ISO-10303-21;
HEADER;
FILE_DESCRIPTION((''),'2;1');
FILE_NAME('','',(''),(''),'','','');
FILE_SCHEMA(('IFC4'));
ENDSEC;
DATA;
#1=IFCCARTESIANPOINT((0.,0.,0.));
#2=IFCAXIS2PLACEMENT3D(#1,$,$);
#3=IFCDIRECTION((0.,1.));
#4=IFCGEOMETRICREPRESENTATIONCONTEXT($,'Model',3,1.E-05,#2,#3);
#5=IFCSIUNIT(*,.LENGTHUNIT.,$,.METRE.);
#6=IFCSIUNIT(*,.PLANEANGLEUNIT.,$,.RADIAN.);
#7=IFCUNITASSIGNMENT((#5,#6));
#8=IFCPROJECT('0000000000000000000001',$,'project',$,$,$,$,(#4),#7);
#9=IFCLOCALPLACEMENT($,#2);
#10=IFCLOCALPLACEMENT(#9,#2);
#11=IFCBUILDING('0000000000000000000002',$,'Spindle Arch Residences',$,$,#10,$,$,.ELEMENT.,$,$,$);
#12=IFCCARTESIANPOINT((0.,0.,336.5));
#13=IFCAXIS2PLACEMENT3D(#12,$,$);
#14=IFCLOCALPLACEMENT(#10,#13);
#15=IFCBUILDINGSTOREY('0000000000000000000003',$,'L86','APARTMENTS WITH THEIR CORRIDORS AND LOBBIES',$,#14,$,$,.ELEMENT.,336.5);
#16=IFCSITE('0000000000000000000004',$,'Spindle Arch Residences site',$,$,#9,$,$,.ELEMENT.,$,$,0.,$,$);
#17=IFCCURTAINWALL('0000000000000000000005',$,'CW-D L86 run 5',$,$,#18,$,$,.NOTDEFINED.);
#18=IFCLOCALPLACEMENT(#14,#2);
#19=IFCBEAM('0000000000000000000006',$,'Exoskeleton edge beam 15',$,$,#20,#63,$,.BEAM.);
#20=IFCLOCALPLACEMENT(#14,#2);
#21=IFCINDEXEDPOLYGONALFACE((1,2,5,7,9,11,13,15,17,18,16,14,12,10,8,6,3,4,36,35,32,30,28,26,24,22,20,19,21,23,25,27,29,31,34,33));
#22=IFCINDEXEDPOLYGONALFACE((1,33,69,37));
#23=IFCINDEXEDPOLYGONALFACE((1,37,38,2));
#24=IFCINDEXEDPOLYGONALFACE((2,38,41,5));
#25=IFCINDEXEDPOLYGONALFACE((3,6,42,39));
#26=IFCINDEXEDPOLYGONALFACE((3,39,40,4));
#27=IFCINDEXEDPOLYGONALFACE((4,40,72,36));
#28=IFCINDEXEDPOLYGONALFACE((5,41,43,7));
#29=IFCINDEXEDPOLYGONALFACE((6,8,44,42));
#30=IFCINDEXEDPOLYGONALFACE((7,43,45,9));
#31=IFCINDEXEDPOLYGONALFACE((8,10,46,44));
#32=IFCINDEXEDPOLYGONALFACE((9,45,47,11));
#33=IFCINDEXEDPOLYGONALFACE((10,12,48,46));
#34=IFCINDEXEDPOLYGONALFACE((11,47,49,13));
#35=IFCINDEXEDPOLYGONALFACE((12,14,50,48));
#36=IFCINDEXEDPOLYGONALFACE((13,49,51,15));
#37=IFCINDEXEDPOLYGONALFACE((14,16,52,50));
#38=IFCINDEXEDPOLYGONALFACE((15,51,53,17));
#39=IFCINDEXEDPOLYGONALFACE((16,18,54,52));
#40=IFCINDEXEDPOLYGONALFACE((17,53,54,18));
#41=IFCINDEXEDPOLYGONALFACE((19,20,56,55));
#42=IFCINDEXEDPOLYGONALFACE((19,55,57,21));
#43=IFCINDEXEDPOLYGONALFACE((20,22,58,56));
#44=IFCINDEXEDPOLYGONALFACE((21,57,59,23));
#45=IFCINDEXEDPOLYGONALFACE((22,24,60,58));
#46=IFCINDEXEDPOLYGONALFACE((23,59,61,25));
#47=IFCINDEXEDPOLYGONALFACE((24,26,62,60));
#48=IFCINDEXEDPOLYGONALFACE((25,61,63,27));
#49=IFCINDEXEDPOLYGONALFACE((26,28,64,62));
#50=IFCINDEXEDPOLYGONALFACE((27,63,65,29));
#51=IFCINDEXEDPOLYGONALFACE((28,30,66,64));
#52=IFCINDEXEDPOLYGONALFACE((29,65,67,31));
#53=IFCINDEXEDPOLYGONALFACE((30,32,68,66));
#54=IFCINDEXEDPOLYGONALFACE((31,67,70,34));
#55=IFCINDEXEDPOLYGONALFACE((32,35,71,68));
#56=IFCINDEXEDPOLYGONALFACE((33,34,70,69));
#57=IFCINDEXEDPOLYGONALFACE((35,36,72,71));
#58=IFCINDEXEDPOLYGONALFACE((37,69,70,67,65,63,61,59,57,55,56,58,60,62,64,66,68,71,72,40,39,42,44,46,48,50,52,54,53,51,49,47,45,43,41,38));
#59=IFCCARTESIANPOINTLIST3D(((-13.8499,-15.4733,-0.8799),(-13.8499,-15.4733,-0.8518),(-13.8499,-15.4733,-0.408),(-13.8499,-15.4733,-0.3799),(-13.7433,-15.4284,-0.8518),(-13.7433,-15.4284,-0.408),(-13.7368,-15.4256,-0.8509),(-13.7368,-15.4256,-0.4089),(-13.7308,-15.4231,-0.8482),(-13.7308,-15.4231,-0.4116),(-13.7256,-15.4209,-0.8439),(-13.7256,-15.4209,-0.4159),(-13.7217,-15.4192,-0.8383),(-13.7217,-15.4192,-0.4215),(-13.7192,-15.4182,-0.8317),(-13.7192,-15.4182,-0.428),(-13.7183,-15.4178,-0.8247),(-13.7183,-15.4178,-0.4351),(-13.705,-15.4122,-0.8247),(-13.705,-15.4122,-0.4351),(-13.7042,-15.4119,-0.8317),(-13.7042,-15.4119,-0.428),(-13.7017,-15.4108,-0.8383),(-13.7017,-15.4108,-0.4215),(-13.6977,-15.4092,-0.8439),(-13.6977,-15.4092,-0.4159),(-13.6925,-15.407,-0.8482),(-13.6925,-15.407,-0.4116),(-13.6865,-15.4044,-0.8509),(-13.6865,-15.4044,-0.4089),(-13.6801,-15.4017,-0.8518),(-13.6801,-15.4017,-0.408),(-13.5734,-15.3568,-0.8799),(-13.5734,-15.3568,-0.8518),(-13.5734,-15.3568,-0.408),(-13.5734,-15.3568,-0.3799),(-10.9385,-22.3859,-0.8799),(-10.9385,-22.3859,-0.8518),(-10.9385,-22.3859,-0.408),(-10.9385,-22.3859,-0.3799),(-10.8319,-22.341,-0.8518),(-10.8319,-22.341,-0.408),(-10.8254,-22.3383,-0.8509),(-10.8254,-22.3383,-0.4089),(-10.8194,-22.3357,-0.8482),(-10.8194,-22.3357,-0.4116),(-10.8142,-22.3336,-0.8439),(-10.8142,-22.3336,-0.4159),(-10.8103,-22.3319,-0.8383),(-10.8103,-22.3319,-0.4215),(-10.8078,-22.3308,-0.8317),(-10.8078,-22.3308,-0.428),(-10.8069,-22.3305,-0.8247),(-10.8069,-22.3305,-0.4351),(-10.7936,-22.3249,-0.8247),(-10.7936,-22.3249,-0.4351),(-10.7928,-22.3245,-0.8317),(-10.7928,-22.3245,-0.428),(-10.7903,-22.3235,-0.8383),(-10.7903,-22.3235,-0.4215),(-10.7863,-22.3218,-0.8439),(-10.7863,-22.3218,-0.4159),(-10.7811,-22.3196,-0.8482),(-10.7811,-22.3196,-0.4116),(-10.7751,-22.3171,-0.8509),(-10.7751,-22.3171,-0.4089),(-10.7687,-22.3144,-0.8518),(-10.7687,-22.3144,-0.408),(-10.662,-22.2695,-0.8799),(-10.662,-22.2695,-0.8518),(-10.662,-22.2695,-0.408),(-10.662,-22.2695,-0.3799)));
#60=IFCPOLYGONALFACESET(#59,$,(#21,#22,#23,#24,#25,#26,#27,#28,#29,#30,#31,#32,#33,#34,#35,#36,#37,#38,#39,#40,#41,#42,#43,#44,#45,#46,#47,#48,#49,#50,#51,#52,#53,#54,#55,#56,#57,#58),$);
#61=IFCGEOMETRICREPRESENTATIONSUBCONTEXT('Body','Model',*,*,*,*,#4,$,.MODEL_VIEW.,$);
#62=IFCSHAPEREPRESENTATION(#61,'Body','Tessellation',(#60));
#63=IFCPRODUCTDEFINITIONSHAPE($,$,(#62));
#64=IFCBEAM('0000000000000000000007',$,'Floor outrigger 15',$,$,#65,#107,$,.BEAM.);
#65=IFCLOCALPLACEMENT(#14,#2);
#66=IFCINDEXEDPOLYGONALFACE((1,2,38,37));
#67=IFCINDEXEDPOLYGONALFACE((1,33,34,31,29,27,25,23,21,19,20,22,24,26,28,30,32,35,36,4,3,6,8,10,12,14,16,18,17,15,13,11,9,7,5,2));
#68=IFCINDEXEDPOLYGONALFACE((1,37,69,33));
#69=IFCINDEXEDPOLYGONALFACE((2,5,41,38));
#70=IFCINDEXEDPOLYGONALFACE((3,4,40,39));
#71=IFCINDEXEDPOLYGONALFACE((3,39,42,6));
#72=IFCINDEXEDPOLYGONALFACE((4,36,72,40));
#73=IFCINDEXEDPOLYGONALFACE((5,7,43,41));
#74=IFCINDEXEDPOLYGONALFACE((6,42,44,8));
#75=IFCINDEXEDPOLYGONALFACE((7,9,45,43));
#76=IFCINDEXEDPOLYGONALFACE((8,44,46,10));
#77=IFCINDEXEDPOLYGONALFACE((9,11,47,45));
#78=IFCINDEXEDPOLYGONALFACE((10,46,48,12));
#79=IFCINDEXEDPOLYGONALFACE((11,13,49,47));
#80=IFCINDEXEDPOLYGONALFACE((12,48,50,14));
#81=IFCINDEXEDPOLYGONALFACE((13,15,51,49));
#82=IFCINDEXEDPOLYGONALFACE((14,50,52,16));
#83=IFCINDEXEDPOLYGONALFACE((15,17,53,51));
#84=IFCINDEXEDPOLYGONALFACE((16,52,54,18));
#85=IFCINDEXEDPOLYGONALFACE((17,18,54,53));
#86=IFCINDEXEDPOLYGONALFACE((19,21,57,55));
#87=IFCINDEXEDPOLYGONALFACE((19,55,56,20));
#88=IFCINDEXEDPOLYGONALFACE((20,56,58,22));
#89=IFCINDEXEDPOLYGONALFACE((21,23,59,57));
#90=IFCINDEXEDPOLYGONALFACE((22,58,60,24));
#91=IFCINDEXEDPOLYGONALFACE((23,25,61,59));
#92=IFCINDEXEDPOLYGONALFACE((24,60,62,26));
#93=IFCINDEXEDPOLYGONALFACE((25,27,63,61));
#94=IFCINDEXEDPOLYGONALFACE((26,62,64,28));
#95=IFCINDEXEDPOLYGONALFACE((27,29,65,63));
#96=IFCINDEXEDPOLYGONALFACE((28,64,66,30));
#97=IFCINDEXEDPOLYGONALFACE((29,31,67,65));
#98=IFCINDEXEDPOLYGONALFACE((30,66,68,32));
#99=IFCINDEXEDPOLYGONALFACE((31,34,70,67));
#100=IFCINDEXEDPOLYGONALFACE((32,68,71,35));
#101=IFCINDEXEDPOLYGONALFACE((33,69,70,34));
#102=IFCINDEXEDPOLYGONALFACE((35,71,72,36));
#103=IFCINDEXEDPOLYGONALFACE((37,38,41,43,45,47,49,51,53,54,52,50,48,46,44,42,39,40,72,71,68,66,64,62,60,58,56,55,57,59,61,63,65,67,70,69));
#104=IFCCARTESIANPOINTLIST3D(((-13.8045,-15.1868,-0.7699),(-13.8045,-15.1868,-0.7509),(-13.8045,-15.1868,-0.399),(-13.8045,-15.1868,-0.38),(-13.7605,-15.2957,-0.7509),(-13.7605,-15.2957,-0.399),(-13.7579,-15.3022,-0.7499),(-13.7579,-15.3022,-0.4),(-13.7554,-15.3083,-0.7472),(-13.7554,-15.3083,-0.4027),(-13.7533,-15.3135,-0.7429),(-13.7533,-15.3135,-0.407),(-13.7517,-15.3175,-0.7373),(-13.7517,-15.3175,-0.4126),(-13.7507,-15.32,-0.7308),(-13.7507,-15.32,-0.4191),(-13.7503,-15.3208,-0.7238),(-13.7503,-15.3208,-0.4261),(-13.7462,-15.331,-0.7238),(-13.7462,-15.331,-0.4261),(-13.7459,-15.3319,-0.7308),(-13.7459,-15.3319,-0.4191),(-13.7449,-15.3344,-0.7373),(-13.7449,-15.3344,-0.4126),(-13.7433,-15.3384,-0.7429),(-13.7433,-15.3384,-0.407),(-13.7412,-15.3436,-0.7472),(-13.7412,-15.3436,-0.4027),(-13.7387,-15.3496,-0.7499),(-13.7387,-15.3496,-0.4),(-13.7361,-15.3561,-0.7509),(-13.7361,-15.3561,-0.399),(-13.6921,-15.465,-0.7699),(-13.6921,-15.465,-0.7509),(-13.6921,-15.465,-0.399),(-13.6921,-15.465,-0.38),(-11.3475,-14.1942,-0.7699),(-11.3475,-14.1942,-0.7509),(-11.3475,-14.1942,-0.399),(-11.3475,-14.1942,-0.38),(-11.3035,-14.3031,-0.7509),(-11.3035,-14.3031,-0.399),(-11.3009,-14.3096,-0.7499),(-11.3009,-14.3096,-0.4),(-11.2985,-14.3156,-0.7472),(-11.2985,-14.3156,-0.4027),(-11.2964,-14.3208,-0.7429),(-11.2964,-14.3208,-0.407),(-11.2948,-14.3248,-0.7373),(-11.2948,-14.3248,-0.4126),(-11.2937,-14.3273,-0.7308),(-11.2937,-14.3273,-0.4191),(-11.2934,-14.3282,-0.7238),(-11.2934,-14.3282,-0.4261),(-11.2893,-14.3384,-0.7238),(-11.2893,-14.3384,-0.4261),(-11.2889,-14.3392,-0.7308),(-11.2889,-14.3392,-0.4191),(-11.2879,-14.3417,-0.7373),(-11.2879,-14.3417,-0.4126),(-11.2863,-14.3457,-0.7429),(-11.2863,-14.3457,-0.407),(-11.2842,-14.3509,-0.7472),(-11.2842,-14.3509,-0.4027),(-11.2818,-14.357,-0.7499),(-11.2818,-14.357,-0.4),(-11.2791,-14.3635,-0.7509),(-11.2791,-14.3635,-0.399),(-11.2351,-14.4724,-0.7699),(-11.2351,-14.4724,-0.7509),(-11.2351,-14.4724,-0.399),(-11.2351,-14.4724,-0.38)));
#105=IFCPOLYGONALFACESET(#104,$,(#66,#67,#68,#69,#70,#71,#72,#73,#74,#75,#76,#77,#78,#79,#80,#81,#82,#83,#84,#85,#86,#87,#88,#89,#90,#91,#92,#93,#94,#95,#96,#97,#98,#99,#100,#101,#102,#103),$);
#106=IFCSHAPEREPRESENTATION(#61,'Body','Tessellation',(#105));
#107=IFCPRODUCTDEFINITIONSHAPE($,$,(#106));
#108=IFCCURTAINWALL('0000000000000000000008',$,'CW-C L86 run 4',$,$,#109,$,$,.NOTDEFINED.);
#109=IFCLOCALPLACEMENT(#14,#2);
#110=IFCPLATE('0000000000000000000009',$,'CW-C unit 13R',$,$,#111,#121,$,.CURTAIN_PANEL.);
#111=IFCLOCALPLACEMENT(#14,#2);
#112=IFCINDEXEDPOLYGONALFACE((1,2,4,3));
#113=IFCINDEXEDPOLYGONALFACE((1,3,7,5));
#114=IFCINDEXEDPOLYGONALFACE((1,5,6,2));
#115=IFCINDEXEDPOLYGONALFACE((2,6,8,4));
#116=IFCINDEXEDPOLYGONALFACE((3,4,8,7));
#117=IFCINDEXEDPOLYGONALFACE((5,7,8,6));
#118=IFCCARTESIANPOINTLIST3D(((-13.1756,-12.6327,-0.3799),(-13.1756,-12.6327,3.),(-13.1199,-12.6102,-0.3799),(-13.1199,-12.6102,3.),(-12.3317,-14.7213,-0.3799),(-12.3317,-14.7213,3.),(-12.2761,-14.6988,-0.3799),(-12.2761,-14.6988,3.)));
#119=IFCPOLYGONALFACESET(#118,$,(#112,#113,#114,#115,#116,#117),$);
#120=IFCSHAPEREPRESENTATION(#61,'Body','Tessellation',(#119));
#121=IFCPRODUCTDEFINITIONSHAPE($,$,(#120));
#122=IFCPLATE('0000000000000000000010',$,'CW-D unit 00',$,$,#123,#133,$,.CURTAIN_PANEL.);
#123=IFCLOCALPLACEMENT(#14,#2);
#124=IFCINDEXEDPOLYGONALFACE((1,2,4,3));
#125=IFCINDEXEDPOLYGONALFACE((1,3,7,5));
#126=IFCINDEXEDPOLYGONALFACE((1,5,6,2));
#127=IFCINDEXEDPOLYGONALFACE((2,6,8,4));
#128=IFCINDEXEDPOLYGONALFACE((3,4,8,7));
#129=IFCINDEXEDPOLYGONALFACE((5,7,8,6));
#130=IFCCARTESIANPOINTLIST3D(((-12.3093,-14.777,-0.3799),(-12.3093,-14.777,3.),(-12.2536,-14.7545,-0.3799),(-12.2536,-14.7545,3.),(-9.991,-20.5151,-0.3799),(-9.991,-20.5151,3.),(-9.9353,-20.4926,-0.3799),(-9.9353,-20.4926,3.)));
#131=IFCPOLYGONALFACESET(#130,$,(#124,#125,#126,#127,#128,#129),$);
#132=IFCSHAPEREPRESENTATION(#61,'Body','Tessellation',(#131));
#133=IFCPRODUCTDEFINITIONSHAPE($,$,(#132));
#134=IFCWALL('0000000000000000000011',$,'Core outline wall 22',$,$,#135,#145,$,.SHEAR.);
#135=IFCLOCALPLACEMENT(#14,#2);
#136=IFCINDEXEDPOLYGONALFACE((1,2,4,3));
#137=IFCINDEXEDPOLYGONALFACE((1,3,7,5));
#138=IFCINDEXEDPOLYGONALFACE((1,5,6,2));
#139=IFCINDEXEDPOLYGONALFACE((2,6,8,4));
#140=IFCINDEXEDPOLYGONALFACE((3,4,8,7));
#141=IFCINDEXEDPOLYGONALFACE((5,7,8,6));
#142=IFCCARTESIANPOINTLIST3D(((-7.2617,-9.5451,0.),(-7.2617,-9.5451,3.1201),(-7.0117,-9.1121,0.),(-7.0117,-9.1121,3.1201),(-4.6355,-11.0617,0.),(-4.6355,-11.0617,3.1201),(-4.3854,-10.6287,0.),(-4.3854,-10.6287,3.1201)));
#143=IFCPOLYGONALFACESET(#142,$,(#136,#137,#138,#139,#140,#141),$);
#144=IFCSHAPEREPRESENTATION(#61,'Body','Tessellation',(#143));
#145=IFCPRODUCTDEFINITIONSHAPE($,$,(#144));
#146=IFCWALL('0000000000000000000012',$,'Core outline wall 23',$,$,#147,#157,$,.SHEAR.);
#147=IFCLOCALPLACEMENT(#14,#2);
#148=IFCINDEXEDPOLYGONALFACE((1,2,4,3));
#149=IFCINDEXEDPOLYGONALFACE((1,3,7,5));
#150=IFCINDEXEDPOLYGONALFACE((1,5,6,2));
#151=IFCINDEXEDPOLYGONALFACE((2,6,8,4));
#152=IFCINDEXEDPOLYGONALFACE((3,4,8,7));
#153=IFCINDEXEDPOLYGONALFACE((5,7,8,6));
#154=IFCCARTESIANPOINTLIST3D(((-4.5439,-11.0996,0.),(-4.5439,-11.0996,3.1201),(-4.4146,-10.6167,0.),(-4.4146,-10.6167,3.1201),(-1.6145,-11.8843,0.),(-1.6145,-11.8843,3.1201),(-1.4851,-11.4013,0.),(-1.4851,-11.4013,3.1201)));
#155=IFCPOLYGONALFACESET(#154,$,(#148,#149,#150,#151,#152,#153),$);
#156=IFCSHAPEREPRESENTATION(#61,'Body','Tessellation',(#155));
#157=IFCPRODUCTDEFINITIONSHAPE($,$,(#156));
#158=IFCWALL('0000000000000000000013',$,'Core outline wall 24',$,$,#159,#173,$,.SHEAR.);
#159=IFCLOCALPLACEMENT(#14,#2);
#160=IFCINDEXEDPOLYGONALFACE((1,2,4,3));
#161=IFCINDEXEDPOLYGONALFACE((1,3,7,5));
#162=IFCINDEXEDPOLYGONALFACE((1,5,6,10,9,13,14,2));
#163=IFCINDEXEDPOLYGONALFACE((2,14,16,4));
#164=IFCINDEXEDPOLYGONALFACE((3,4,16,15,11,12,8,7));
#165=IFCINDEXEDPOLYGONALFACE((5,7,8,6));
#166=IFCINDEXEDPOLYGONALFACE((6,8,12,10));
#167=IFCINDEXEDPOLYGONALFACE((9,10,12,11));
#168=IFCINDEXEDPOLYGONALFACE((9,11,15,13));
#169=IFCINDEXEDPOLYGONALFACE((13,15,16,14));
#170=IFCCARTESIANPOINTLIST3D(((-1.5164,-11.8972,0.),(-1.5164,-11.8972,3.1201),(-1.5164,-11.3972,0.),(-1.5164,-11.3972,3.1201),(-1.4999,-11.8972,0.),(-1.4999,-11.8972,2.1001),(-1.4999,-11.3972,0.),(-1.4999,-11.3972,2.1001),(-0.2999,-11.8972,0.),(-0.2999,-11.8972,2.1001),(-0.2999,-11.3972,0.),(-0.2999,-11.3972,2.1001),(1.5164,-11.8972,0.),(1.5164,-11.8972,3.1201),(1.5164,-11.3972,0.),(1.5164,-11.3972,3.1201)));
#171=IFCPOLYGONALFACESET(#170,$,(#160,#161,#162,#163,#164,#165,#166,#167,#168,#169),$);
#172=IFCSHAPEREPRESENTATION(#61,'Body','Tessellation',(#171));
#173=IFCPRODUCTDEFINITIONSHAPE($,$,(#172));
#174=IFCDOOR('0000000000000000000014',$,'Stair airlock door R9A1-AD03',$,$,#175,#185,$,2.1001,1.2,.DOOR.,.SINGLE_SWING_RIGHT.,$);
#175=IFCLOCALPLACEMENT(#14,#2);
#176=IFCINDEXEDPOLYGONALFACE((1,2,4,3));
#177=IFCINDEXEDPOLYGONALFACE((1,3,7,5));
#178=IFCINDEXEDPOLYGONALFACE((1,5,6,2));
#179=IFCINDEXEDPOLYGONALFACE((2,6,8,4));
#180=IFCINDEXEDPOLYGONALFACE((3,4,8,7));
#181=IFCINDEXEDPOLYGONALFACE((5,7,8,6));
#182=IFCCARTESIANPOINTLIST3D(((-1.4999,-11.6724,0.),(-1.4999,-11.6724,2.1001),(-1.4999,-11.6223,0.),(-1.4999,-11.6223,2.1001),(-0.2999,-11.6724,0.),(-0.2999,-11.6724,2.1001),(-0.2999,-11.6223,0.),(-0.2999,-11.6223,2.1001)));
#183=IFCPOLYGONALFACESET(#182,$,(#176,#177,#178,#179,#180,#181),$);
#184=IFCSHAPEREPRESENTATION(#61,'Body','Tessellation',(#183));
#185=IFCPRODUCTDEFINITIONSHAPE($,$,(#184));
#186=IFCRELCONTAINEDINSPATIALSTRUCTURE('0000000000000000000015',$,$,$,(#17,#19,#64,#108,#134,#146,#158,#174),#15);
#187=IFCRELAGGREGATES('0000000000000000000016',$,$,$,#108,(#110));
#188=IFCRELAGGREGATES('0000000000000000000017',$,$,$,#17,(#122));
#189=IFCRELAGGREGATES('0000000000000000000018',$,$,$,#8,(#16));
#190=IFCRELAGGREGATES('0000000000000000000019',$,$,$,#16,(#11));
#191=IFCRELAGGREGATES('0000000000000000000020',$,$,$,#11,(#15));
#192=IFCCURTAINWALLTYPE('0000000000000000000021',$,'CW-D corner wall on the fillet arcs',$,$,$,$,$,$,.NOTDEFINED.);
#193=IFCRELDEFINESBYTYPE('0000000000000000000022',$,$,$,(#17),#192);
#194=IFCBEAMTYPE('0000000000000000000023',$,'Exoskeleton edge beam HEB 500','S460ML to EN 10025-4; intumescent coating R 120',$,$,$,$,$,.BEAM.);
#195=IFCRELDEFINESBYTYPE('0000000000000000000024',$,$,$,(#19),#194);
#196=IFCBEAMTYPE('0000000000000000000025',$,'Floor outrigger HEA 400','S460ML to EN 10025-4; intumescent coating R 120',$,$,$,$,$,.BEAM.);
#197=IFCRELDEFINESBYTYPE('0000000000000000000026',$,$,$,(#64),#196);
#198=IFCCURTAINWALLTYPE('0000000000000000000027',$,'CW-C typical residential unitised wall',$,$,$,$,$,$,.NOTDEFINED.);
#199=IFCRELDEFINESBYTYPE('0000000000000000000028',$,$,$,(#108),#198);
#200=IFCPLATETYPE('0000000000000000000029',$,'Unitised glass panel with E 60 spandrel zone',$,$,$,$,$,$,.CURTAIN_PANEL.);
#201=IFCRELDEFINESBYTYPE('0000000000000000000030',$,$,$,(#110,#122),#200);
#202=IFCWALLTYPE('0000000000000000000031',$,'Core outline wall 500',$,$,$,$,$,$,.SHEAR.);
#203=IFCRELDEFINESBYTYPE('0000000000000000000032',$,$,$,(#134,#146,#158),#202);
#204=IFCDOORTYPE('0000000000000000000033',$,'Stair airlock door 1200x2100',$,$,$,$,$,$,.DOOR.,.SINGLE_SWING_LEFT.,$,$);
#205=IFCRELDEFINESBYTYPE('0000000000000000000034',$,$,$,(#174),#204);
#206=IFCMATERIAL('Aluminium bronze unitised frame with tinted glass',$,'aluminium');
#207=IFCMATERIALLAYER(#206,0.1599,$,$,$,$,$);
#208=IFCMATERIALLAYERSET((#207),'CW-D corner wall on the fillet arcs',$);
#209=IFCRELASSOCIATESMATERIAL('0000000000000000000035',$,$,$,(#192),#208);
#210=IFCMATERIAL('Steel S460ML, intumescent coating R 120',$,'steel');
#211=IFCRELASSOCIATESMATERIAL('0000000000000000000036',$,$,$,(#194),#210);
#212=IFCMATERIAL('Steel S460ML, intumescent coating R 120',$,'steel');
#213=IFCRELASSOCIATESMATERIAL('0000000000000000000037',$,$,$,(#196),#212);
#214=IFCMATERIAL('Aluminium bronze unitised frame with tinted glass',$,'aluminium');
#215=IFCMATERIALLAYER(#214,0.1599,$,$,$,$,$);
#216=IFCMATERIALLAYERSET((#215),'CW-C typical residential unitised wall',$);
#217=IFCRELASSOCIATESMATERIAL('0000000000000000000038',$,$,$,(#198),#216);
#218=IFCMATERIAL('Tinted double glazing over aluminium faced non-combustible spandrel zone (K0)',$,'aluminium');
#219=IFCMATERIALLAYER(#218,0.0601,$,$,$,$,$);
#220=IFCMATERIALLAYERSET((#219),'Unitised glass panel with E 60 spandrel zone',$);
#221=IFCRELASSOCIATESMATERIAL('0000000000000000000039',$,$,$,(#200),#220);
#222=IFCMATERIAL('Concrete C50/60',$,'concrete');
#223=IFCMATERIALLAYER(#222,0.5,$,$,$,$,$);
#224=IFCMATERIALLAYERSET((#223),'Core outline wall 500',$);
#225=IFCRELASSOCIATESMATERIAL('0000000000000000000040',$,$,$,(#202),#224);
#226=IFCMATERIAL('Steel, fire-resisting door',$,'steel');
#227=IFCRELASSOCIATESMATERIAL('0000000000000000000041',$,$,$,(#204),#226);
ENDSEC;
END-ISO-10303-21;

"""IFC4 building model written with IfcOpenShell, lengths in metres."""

from ifc_helpers import new_model, si_unit, direction, frame, frame_2d, origin, origin_2d, place, context, subcontext, project, spatial, rectangle, i_section, extrude, material, layer, layer_set, material_profile, profile_set, type_object, element, fill, aggregate, save


model = new_model("IFC4")

# Units and contexts
model_context = context("Model", 3, precision=1e-05, world=origin(), true_north=direction((0.0, 1.0)))
body_context = subcontext(model_context, "Body", "Model", "MODEL_VIEW")
ifc_project = project(units=[si_unit("LENGTHUNIT", "METRE"), si_unit("PLANEANGLEUNIT", "RADIAN")], contexts=[model_context])

# Site, building, storey
site_placement = place(None, origin())
site = spatial("IfcSite", under=ifc_project, at=site_placement, Name="Spindle Arch Residences site", CompositionType="ELEMENT", RefElevation=0.0)
building_placement = place(site_placement, origin())
building = spatial("IfcBuilding", under=site, at=building_placement, Name="Spindle Arch Residences", CompositionType="ELEMENT")
storey_placement = place(building_placement, frame((0.0, 0.0, 336.5)))
storey = spatial("IfcBuildingStorey", under=building, at=storey_placement, Name="L86", Description="APARTMENTS WITH THEIR CORRIDORS AND LOBBIES", CompositionType="ELEMENT", Elevation=336.5)

# Curtain wall
ifc_material_1 = material(Name="Aluminium bronze unitised frame with tinted glass", Category="aluminium")
ifc_layer_1 = layer(ifc_material_1, 0.1599)
ifc_layer_set_1 = layer_set([ifc_layer_1], Name="CW-D corner wall on the fillet arcs")
curtain_wall_type_1 = type_object("IfcCurtainWallType", Name="CW-D corner wall on the fillet arcs", PredefinedType="NOTDEFINED", material=ifc_layer_set_1)
curtain_wall_1_placement = place(storey_placement, origin())
curtain_wall_1 = element("IfcCurtainWall", 1, at=curtain_wall_1_placement, inside=storey, type_object=curtain_wall_type_1, Name="CW-D L86 run 5", PredefinedType="NOTDEFINED")

# Beams
ifc_material_2 = material(Name="Steel S460ML, intumescent coating R 120", Category="steel")
ifc_material_profile_1 = material_profile(ifc_material_2, i_section(OverallWidth=0.3, OverallDepth=0.5, WebThickness=0.0144, FlangeThickness=0.0281, FilletRadius=0.0271, at=origin_2d()), Name="HEB 500")
ifc_profile_set_1 = profile_set([ifc_material_profile_1], Name="Steel S460ML, intumescent coating R 120")
beam_type_1 = type_object("IfcBeamType", Name="Exoskeleton edge beam HEB 500", Description="S460ML to EN 10025-4; intumescent coating R 120", PredefinedType="BEAM", material=ifc_profile_set_1)
beam_1_placement = place(storey_placement, frame((-13.7117, -15.415, -0.6299), z_axis=(0.388149, -0.921597, 0.0), x_axis=(0.921597, 0.388149, 0.0)))
element("IfcBeam", 2, at=beam_1_placement, inside=storey, type_object=beam_type_1, Name="Exoskeleton edge beam 15", PredefinedType="BEAM", context=body_context, shape_type="SweptSolid", body=[
    extrude(i_section(OverallWidth=0.3, OverallDepth=0.5, WebThickness=0.0144, FlangeThickness=0.0281, FilletRadius=0.0271, at=origin_2d()), origin(), (0.0, 0.0, 1.0), 7.5007),
])
ifc_material_3 = material(Name="Steel S460ML, intumescent coating R 120", Category="steel")
ifc_material_profile_2 = material_profile(ifc_material_3, i_section(OverallWidth=0.3, OverallDepth=0.3899, WebThickness=0.011, FlangeThickness=0.019, FilletRadius=0.0271, at=origin_2d()), Name="HEA 400")
ifc_profile_set_2 = profile_set([ifc_material_profile_2], Name="Steel S460ML, intumescent coating R 120")
beam_type_2 = type_object("IfcBeamType", Name="Floor outrigger HEA 400", Description="S460ML to EN 10025-4; intumescent coating R 120", PredefinedType="BEAM", material=ifc_profile_set_2)
beam_2_placement = place(storey_placement, frame((-13.7483, -15.3259, -0.575), z_axis=(0.927188, 0.374597, 0.0), x_axis=(-0.374597, 0.927188, 0.0)))
element("IfcBeam", 3, at=beam_2_placement, inside=storey, type_object=beam_type_2, Name="Floor outrigger 15", PredefinedType="BEAM", context=body_context, shape_type="SweptSolid", body=[
    extrude(i_section(OverallWidth=0.3, OverallDepth=0.3899, WebThickness=0.011, FlangeThickness=0.019, FilletRadius=0.0271, at=origin_2d()), origin(), (0.0, 0.0, 1.0), 2.6499),
])

# Curtain wall, plate
ifc_material_4 = material(Name="Aluminium bronze unitised frame with tinted glass", Category="aluminium")
ifc_layer_2 = layer(ifc_material_4, 0.1599)
ifc_layer_set_2 = layer_set([ifc_layer_2], Name="CW-C typical residential unitised wall")
curtain_wall_type_2 = type_object("IfcCurtainWallType", Name="CW-C typical residential unitised wall", PredefinedType="NOTDEFINED", material=ifc_layer_set_2)
curtain_wall_2_placement = place(storey_placement, origin())
curtain_wall_2 = element("IfcCurtainWall", 4, at=curtain_wall_2_placement, inside=storey, type_object=curtain_wall_type_2, Name="CW-C L86 run 4", PredefinedType="NOTDEFINED")
ifc_material_5 = material(Name="Tinted double glazing over aluminium faced non-combustible spandrel zone (K0)", Category="aluminium")
ifc_layer_3 = layer(ifc_material_5, 0.0601)
ifc_layer_set_3 = layer_set([ifc_layer_3], Name="Unitised glass panel with E 60 spandrel zone")
plate_type = type_object("IfcPlateType", Name="Unitised glass panel with E 60 spandrel zone", PredefinedType="CURTAIN_PANEL", material=ifc_layer_set_3)
plate_1_placement = place(storey_placement, frame((-12.7258, -13.6658, -0.3799), z_axis=(0.0, 0.0, 1.0), x_axis=(0.374607, -0.927184, 0.0)))
plate_1 = element("IfcPlate", 5, at=plate_1_placement, type_object=plate_type, Name="CW-C unit 13R", PredefinedType="CURTAIN_PANEL", context=body_context, shape_type="SweptSolid", body=[
    extrude(rectangle(XDim=2.2527, YDim=0.0601, at=origin_2d()), origin(), (0.0, 0.0, 1.0), 3.3799),
])
aggregate(curtain_wall_2, [plate_1])

# Plate
plate_2_placement = place(storey_placement, frame((-11.1223, -17.6348, -0.3799), z_axis=(0.0, 0.0, 1.0), x_axis=(0.374607, -0.927184, 0.0)))
plate_2 = element("IfcPlate", 6, at=plate_2_placement, type_object=plate_type, Name="CW-D unit 00", PredefinedType="CURTAIN_PANEL", context=body_context, shape_type="SweptSolid", body=[
    extrude(rectangle(XDim=6.1887, YDim=0.0601, at=origin_2d()), origin(), (0.0, 0.0, 1.0), 3.3799),
])
aggregate(curtain_wall_1, [plate_2])

# Walls
ifc_material_6 = material(Name="Concrete C50/60", Category="concrete")
ifc_layer_4 = layer(ifc_material_6, 0.5)
ifc_layer_set_4 = layer_set([ifc_layer_4], Name="Core outline wall 500")
wall_type_1 = type_object("IfcWallType", Name="Core outline wall 500", PredefinedType="SHEAR", material=ifc_layer_set_4)
for number, where, z_axis, x_axis, name in (
    (7, (-7.1367, -9.3286, 0.0), (0.0, 0.0, 1.0), (0.865975, -0.500087, 0.0), "Core outline wall 22"),
    (8, (-4.4792, -10.8582, 0.0), (0.0, 0.0, 1.0), (0.965948, -0.258735, 0.0), "Core outline wall 23"),
):
    element("IfcWall", number, at=place(storey_placement, frame(where, z_axis=z_axis, x_axis=x_axis)), inside=storey, type_object=wall_type_1, Name=name, PredefinedType="SHEAR", context=body_context, shape_type="SweptSolid", body=[
        extrude(rectangle(XDim=3.0327, YDim=0.5, at=frame_2d((1.5164, 0.0))), origin(), (0.0, 0.0, 1.0), 3.1201),
    ])

# Wall, opening, door
wall_1_placement = place(storey_placement, frame((-1.5164, -11.6472, 0.0), z_axis=(0.0, 0.0, 1.0), x_axis=(1.0, 0.0, 0.0)))
wall_1 = element("IfcWall", 9, at=wall_1_placement, inside=storey, type_object=wall_type_1, Name="Core outline wall 24", PredefinedType="SHEAR", context=body_context, shape_type="SweptSolid", body=[
    extrude(rectangle(XDim=3.0327, YDim=0.5, at=frame_2d((1.5164, 0.0))), origin(), (0.0, 0.0, 1.0), 3.1201),
])
opening_1_placement = place(wall_1_placement, frame((0.0164, 0.0, 0.0)))
opening_1 = element("IfcOpeningElement", 10, at=opening_1_placement, cuts=wall_1, PredefinedType="OPENING", context=body_context, shape_type="SweptSolid", body=[
    extrude(rectangle(XDim=1.2, YDim=2.1001, at=frame_2d((0.6001, 1.05))), frame((0.0, 0.26, 0.0), z_axis=(0.0, -1.0, 0.0), x_axis=(1.0, 0.0, 0.0)), (0.0, 0.0, 1.0), 0.52),
])
ifc_material_7 = material(Name="Steel, fire-resisting door", Category="steel")
door_type_1 = type_object("IfcDoorType", Name="Stair airlock door 1200x2100", OperationType="SINGLE_SWING_LEFT", PredefinedType="DOOR", material=ifc_material_7)
door_1_placement = place(opening_1_placement, origin())
door_1 = element("IfcDoor", 11, at=door_1_placement, inside=storey, type_object=door_type_1, Name="Stair airlock door R9A1-AD03", OperationType="SINGLE_SWING_RIGHT", OverallHeight=2.1001, OverallWidth=1.2, PredefinedType="DOOR", context=body_context, shape_type="SweptSolid", body=[
    extrude(rectangle(XDim=1.2, YDim=2.1001, at=frame_2d((0.6001, 1.05))), frame((0.0, 0.0249, 0.0), z_axis=(0.0, -1.0, 0.0), x_axis=(1.0, 0.0, 0.0)), (0.0, 0.0, 1.0), 0.05),
])
fill(opening_1, door_1)

save(model, "model.ifc")
